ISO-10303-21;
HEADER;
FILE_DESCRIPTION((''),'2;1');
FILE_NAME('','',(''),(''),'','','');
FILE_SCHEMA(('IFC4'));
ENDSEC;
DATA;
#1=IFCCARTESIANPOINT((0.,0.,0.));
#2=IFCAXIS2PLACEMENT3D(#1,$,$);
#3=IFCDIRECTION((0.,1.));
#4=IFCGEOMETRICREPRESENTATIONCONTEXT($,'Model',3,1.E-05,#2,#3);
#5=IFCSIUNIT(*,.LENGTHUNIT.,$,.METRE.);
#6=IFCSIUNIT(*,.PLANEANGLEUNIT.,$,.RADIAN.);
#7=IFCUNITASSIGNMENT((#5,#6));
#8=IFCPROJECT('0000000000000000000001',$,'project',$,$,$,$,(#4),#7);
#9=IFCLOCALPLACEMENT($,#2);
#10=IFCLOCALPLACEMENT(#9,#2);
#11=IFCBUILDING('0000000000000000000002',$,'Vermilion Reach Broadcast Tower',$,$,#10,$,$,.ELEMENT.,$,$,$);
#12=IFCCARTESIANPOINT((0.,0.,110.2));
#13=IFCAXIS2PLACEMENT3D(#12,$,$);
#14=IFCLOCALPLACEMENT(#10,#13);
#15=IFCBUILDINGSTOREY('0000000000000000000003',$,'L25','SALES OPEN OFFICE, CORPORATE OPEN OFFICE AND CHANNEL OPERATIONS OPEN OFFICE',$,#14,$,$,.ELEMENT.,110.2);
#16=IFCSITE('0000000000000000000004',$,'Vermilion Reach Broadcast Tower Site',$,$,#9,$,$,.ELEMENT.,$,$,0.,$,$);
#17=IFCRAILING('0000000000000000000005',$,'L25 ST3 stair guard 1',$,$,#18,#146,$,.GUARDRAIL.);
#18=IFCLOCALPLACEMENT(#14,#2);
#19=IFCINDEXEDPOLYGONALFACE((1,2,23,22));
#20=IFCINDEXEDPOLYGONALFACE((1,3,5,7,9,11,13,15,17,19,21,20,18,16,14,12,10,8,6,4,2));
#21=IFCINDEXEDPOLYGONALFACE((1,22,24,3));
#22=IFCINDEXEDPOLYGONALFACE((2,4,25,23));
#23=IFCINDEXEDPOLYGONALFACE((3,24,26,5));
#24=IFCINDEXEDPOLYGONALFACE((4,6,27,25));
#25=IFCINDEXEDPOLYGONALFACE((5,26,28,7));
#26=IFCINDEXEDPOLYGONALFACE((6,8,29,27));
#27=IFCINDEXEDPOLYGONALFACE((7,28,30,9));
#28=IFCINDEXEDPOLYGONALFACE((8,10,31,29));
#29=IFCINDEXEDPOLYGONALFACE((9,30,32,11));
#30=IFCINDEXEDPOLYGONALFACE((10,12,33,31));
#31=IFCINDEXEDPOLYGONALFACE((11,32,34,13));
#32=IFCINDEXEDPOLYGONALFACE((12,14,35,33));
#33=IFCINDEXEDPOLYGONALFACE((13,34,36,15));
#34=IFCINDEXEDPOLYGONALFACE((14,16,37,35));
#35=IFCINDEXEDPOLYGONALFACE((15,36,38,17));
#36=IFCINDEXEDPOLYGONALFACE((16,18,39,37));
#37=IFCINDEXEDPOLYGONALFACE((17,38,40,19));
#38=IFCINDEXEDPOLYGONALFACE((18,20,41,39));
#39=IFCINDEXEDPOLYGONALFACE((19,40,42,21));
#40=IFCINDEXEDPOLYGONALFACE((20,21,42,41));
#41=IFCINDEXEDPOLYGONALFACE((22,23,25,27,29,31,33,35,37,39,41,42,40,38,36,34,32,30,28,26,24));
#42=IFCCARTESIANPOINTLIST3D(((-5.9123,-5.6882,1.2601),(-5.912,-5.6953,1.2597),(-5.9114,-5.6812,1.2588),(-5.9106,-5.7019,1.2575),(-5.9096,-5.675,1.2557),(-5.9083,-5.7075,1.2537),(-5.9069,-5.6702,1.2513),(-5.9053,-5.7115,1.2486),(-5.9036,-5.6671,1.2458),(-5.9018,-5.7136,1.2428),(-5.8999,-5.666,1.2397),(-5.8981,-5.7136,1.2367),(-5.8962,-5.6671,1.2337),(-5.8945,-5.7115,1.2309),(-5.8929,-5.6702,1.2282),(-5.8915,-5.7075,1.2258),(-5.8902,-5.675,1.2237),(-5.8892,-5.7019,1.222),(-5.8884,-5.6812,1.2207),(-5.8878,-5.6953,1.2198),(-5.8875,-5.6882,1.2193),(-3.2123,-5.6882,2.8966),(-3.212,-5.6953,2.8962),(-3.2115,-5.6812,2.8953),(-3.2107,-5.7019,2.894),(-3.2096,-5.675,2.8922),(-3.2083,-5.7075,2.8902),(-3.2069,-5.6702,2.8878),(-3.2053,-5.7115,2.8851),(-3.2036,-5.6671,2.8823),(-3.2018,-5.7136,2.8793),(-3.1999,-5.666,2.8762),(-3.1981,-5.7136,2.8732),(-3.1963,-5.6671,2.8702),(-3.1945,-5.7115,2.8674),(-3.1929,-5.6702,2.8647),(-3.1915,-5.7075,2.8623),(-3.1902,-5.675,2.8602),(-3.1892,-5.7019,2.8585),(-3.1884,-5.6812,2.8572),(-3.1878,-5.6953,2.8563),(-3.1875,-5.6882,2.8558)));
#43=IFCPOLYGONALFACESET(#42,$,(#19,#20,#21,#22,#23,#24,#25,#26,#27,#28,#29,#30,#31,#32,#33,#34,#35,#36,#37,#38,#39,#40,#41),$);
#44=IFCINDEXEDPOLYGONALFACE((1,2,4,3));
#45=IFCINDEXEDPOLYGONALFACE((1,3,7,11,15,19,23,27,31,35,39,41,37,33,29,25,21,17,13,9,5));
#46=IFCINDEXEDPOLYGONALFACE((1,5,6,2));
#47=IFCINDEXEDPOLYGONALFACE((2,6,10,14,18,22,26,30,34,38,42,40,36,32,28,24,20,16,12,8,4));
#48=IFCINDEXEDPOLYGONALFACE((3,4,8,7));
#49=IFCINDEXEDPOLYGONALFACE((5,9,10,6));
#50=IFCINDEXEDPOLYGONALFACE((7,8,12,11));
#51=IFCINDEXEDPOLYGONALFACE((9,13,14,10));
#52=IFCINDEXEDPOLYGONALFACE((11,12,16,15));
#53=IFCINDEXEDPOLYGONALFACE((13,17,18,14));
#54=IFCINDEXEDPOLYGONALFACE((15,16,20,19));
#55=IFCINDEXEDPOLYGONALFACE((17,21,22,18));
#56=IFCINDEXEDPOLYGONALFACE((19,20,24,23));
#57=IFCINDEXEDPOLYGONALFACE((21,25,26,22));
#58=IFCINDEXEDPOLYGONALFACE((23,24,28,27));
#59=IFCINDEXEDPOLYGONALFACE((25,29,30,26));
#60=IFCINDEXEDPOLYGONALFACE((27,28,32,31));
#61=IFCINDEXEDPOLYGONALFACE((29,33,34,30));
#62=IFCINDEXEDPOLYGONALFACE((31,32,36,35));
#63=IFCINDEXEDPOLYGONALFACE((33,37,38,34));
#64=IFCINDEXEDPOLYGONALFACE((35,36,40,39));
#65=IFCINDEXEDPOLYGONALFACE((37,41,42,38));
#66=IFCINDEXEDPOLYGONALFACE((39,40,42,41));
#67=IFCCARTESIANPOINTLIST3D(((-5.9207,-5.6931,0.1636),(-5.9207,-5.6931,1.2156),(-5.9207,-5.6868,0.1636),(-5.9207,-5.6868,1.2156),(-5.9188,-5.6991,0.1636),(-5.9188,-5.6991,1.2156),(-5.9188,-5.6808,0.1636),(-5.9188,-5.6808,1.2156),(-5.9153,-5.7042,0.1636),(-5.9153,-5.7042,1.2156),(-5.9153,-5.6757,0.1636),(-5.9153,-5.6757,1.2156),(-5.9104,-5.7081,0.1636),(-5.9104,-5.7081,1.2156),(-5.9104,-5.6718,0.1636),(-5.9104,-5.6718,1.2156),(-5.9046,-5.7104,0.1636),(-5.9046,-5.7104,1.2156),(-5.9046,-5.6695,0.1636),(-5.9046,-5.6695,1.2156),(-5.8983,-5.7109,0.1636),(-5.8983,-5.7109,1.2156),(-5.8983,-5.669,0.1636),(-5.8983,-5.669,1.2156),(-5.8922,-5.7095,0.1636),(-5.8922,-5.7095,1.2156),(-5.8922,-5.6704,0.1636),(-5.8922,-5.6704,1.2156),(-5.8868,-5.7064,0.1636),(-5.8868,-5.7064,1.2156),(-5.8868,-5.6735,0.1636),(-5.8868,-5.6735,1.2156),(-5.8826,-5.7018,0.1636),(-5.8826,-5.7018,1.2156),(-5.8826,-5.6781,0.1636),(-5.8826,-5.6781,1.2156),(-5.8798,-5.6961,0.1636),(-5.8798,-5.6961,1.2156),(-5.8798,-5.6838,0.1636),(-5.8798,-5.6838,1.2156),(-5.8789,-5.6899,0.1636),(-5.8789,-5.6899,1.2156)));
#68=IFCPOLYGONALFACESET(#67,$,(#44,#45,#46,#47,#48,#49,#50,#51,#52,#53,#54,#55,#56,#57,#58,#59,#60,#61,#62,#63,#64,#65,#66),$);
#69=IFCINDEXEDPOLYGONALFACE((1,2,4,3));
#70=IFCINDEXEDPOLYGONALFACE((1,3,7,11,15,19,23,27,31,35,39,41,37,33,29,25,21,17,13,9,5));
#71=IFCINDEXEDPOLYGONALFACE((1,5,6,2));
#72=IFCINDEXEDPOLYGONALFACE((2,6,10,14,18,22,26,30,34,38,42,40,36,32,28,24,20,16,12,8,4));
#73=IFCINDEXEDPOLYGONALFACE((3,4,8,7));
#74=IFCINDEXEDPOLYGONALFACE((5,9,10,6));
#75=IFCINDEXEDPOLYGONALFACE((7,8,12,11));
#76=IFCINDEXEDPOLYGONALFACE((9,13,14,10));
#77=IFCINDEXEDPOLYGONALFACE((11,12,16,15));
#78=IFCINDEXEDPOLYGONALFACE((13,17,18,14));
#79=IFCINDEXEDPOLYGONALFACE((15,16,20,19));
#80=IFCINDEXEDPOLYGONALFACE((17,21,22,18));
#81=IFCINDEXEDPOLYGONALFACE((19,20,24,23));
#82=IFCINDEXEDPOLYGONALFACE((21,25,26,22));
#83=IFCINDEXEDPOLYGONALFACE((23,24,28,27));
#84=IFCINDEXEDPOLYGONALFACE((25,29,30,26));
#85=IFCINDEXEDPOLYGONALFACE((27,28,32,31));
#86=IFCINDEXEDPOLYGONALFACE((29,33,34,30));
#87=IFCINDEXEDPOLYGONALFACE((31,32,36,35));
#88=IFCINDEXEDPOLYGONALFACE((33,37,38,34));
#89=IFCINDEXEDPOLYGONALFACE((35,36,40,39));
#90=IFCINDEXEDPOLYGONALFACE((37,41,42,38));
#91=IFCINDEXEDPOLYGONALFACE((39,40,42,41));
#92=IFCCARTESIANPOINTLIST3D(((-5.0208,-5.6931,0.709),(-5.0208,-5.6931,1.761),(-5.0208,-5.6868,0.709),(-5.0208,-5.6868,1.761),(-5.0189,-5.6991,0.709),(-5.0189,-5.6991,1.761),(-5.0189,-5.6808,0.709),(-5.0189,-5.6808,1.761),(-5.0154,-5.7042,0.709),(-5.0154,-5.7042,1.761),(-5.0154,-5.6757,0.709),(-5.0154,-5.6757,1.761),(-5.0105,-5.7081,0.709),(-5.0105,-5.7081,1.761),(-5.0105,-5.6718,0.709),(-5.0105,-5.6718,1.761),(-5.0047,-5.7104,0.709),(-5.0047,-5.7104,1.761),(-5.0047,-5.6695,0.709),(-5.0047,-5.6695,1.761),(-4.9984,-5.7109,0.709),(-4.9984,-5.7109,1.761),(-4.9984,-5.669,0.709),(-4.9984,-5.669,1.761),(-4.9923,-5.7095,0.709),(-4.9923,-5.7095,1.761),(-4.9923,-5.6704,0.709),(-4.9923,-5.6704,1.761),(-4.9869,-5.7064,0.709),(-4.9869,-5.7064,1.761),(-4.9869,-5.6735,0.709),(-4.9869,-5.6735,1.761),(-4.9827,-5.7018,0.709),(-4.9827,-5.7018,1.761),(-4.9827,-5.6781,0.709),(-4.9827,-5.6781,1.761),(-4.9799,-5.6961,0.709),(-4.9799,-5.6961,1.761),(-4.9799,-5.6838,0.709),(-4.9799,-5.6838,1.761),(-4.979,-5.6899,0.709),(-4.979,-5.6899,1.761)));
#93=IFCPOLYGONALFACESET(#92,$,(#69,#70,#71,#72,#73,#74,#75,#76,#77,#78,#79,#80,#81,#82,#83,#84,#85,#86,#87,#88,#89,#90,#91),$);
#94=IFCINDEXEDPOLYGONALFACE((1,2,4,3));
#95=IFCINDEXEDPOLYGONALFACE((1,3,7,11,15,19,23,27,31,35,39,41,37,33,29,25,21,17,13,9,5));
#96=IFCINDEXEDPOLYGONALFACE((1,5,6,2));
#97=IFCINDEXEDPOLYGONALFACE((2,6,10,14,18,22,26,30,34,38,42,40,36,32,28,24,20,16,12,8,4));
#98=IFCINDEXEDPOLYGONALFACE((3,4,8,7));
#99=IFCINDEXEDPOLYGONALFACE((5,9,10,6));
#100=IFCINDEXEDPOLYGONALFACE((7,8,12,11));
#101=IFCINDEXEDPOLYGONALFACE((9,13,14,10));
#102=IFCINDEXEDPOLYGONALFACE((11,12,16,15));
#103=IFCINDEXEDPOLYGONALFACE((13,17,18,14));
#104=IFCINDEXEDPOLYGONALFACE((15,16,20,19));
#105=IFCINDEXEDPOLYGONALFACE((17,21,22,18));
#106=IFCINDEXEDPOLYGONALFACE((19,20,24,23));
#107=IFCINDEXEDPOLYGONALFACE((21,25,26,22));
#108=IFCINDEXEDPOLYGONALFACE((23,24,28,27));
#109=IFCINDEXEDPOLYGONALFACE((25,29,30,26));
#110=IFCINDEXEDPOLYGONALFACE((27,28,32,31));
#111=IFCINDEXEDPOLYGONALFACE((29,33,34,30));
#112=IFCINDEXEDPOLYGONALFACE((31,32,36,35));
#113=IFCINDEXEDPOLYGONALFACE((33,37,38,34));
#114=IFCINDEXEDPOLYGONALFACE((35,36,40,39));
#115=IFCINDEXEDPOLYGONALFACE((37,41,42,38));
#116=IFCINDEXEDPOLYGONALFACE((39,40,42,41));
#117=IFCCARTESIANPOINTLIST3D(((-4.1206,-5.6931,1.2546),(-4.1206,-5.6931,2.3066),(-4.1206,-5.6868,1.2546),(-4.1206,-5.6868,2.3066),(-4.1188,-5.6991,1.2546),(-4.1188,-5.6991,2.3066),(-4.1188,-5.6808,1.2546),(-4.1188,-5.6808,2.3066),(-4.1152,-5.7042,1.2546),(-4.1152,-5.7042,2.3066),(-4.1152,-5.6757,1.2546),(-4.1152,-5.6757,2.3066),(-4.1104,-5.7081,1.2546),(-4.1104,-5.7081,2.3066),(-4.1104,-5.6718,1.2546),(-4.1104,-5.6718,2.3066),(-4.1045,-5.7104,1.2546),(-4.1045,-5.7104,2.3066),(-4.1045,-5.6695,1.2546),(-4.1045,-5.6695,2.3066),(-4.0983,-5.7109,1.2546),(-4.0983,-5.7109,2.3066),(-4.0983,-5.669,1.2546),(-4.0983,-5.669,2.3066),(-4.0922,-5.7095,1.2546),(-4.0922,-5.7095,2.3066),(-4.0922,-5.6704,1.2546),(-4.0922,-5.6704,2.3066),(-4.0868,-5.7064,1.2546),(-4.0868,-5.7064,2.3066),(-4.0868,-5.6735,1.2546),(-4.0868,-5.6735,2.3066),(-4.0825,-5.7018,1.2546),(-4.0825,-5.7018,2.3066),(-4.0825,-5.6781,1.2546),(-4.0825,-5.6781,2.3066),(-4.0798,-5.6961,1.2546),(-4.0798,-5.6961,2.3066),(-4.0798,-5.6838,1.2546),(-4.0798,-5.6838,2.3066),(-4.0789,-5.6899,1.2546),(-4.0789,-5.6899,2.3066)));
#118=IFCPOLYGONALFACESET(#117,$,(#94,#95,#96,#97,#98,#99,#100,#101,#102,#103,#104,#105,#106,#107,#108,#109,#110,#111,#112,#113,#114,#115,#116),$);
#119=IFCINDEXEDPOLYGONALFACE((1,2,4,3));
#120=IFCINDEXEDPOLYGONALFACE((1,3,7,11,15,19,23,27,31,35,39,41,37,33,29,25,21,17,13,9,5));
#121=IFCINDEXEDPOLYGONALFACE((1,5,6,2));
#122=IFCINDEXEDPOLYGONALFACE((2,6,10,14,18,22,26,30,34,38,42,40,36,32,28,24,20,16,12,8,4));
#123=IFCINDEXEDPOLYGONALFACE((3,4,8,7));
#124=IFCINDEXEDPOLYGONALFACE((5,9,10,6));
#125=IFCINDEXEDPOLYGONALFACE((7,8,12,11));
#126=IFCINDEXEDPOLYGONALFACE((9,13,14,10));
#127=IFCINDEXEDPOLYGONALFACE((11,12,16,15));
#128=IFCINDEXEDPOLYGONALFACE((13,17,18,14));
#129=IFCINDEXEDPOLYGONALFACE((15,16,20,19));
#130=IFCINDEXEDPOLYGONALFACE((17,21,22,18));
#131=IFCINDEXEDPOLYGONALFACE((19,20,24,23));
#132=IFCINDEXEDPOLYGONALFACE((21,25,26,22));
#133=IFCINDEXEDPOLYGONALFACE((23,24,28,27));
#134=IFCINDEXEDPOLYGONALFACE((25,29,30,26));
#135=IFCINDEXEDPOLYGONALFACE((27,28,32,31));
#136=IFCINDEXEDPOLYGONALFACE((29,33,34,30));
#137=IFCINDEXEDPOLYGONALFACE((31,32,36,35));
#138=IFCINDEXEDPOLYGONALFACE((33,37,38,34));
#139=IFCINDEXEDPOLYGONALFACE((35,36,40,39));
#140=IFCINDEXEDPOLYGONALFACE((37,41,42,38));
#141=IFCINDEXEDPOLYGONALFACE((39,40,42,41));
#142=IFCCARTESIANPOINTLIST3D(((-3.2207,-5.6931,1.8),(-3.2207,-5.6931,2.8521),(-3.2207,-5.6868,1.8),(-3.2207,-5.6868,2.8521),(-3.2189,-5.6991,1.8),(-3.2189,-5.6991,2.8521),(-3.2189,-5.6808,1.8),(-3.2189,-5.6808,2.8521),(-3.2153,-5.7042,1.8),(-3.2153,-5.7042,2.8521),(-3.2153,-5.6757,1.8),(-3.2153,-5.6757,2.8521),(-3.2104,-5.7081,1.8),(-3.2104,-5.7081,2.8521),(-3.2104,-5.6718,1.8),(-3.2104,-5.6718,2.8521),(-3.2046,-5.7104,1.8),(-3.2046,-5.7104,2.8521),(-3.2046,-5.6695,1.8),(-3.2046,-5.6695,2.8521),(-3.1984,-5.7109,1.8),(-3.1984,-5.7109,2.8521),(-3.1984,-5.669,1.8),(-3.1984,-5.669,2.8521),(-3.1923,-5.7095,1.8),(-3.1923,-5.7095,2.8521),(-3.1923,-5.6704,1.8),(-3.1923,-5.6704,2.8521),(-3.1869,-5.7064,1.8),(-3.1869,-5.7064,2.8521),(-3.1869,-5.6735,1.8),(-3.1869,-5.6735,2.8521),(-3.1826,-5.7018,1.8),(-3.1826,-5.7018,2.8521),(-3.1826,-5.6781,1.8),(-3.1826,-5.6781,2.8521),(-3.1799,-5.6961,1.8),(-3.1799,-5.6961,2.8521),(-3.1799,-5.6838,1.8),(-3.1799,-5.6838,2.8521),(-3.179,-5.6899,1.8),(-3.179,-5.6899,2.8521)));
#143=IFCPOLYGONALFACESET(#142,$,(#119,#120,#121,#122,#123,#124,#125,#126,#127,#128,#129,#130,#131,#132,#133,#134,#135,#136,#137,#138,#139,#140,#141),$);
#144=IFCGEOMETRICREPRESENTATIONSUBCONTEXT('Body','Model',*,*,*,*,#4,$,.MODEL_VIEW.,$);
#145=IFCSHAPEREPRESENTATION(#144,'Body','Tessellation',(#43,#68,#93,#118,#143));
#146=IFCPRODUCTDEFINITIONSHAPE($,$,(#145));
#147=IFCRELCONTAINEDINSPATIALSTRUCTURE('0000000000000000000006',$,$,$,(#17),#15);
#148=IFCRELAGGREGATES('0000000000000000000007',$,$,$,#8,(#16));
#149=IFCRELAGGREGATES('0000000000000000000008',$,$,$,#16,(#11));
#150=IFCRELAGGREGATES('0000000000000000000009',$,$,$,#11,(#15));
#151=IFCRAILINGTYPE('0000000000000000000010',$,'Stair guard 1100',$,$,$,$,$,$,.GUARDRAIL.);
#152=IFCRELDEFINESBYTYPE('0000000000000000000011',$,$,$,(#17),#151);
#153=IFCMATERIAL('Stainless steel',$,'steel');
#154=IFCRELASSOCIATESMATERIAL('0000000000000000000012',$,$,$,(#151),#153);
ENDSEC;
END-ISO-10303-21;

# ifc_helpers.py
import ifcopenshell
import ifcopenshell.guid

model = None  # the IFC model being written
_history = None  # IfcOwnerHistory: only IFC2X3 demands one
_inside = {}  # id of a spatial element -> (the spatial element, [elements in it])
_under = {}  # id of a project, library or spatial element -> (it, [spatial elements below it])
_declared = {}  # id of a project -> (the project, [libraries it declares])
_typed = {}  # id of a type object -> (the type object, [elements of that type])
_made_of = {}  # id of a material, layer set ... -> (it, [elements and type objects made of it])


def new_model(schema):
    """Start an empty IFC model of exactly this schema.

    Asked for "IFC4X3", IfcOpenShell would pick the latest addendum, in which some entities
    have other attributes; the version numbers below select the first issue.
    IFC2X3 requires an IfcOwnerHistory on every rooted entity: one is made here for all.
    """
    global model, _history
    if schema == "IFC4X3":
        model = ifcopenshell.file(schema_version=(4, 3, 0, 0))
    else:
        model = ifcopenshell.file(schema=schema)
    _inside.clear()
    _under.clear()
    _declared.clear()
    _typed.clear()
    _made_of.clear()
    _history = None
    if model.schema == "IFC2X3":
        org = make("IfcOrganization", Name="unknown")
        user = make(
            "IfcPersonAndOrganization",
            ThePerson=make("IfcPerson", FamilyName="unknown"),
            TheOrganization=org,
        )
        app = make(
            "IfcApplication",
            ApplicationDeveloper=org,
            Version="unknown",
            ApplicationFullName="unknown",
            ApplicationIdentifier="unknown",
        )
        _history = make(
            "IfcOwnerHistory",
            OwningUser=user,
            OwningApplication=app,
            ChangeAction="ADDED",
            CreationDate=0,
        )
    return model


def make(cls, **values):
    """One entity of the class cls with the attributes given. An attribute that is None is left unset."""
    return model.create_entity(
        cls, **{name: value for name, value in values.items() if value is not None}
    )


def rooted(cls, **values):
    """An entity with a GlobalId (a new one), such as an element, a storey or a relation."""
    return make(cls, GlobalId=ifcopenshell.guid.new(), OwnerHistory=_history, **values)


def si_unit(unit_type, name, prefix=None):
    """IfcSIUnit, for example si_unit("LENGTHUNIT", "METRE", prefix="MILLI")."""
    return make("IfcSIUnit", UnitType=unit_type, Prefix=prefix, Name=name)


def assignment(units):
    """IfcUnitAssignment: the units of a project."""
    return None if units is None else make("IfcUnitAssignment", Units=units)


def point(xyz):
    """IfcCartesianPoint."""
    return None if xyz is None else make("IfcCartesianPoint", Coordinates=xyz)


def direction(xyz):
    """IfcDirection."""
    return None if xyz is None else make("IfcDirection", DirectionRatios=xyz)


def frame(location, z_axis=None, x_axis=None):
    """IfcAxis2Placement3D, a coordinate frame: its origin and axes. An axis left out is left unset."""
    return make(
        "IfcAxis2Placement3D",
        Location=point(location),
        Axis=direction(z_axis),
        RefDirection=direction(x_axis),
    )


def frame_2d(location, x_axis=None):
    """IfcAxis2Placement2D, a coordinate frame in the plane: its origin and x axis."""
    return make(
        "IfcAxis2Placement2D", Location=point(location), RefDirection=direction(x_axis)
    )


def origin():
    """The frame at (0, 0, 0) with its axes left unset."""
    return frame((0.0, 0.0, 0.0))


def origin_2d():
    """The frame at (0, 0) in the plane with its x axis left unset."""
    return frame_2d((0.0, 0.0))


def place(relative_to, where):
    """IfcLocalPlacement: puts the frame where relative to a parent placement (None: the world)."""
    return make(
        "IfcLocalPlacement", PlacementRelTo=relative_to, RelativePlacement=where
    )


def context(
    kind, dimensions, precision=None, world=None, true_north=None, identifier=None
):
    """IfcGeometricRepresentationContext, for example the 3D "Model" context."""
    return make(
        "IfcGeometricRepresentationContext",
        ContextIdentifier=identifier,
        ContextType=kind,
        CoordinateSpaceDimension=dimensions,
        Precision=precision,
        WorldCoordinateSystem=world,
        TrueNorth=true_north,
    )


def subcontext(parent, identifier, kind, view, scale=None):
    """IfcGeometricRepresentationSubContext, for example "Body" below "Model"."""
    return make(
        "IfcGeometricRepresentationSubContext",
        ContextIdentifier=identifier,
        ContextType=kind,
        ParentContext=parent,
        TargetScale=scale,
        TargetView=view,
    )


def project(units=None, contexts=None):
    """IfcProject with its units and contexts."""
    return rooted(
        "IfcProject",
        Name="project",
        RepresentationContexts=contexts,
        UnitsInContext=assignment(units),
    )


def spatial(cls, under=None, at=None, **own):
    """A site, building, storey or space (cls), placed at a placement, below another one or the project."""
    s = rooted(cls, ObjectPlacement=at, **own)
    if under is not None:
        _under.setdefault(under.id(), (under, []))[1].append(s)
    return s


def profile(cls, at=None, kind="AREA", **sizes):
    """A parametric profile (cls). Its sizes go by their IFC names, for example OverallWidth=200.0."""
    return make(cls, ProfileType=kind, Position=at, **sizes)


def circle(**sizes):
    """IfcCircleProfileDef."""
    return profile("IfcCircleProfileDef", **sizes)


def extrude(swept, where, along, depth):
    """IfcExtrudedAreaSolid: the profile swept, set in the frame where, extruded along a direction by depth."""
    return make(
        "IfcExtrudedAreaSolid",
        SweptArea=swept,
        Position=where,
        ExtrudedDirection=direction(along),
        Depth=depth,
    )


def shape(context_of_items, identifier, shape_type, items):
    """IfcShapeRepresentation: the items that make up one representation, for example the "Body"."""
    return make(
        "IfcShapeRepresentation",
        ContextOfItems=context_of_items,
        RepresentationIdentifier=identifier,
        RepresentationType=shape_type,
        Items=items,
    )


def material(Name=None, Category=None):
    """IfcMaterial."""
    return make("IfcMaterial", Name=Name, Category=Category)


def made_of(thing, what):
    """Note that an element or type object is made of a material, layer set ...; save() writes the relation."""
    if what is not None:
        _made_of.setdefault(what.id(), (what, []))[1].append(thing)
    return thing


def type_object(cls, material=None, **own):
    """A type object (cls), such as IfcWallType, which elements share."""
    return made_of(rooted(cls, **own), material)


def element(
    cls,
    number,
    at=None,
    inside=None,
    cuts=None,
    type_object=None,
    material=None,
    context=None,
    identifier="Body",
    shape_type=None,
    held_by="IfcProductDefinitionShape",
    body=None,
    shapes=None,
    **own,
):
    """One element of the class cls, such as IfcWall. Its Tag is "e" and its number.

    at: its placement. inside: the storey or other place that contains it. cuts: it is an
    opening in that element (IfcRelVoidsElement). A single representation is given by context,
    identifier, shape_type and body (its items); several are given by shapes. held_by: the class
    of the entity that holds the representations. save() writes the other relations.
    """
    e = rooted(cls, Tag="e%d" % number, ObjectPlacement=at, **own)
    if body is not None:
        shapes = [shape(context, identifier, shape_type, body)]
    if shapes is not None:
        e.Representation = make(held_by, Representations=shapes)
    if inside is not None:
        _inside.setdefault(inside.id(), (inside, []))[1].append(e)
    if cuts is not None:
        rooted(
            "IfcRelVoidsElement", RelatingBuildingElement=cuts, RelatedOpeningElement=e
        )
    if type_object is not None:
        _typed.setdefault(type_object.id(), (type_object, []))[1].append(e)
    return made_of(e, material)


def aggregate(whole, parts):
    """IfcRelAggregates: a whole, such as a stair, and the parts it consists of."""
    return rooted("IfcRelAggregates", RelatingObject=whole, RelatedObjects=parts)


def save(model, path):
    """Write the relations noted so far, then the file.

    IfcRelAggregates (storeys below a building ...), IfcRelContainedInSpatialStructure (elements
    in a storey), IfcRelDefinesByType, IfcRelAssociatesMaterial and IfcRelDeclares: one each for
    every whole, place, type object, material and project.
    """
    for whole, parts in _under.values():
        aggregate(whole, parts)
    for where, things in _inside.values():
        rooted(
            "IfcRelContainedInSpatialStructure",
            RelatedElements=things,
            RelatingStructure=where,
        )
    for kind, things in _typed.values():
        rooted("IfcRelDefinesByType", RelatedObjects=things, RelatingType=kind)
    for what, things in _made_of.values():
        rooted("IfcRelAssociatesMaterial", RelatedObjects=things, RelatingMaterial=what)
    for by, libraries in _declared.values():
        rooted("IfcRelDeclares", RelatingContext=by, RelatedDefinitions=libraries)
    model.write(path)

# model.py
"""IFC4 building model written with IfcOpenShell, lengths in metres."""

from ifc_helpers import new_model, si_unit, direction, frame, origin, origin_2d, place, context, subcontext, project, spatial, circle, extrude, material, type_object, element, save


model = new_model("IFC4")

# Units and contexts
model_context = context("Model", 3, precision=1e-05, world=origin(), true_north=direction((0.0, 1.0)))
body_context = subcontext(model_context, "Body", "Model", "MODEL_VIEW")
ifc_project = project(units=[si_unit("LENGTHUNIT", "METRE"), si_unit("PLANEANGLEUNIT", "RADIAN")], contexts=[model_context])

# Site, building, storey
site_placement = place(None, origin())
site = spatial("IfcSite", under=ifc_project, at=site_placement, Name="Vermilion Reach Broadcast Tower Site", CompositionType="ELEMENT", RefElevation=0.0)
building_placement = place(site_placement, origin())
building = spatial("IfcBuilding", under=site, at=building_placement, Name="Vermilion Reach Broadcast Tower", CompositionType="ELEMENT")
storey_placement = place(building_placement, frame((0.0, 0.0, 110.2)))
storey = spatial("IfcBuildingStorey", under=building, at=storey_placement, Name="L25", Description="SALES OPEN OFFICE, CORPORATE OPEN OFFICE AND CHANNEL OPERATIONS OPEN OFFICE", CompositionType="ELEMENT", Elevation=110.2)

# Railing
ifc_material_1 = material(Name="Stainless steel", Category="steel")
railing_type_1 = type_object("IfcRailingType", Name="Stair guard 1100", PredefinedType="GUARDRAIL", material=ifc_material_1)
railing_1_placement = place(storey_placement, frame((-5.8999, -5.6899, 0.1636)))
element("IfcRailing", 1, at=railing_1_placement, inside=storey, type_object=railing_type_1, Name="L25 ST3 stair guard 1", PredefinedType="GUARDRAIL", context=body_context, shape_type="SweptSolid", body=[
    extrude(circle(Radius=0.0239, at=origin_2d()), frame((0.0, 0.0, 1.0762), z_axis=(0.855178, 0.0, 0.518334), x_axis=(0.0, 1.0, 0.0)), (0.0, 0.0, 1.0), 3.1572),
    extrude(circle(Radius=0.021, at=origin_2d()), origin(), (0.0, 0.0, 1.0), 1.052),
    extrude(circle(Radius=0.021, at=origin_2d()), frame((0.8999, 0.0, 0.5454)), (0.0, 0.0, 1.0), 1.052),
    extrude(circle(Radius=0.021, at=origin_2d()), frame((1.8, 0.0, 1.0911)), (0.0, 0.0, 1.0), 1.052),
    extrude(circle(Radius=0.021, at=origin_2d()), frame((2.7, 0.0, 1.6365)), (0.0, 0.0, 1.0), 1.052),
])

save(model, "model.ifc")
